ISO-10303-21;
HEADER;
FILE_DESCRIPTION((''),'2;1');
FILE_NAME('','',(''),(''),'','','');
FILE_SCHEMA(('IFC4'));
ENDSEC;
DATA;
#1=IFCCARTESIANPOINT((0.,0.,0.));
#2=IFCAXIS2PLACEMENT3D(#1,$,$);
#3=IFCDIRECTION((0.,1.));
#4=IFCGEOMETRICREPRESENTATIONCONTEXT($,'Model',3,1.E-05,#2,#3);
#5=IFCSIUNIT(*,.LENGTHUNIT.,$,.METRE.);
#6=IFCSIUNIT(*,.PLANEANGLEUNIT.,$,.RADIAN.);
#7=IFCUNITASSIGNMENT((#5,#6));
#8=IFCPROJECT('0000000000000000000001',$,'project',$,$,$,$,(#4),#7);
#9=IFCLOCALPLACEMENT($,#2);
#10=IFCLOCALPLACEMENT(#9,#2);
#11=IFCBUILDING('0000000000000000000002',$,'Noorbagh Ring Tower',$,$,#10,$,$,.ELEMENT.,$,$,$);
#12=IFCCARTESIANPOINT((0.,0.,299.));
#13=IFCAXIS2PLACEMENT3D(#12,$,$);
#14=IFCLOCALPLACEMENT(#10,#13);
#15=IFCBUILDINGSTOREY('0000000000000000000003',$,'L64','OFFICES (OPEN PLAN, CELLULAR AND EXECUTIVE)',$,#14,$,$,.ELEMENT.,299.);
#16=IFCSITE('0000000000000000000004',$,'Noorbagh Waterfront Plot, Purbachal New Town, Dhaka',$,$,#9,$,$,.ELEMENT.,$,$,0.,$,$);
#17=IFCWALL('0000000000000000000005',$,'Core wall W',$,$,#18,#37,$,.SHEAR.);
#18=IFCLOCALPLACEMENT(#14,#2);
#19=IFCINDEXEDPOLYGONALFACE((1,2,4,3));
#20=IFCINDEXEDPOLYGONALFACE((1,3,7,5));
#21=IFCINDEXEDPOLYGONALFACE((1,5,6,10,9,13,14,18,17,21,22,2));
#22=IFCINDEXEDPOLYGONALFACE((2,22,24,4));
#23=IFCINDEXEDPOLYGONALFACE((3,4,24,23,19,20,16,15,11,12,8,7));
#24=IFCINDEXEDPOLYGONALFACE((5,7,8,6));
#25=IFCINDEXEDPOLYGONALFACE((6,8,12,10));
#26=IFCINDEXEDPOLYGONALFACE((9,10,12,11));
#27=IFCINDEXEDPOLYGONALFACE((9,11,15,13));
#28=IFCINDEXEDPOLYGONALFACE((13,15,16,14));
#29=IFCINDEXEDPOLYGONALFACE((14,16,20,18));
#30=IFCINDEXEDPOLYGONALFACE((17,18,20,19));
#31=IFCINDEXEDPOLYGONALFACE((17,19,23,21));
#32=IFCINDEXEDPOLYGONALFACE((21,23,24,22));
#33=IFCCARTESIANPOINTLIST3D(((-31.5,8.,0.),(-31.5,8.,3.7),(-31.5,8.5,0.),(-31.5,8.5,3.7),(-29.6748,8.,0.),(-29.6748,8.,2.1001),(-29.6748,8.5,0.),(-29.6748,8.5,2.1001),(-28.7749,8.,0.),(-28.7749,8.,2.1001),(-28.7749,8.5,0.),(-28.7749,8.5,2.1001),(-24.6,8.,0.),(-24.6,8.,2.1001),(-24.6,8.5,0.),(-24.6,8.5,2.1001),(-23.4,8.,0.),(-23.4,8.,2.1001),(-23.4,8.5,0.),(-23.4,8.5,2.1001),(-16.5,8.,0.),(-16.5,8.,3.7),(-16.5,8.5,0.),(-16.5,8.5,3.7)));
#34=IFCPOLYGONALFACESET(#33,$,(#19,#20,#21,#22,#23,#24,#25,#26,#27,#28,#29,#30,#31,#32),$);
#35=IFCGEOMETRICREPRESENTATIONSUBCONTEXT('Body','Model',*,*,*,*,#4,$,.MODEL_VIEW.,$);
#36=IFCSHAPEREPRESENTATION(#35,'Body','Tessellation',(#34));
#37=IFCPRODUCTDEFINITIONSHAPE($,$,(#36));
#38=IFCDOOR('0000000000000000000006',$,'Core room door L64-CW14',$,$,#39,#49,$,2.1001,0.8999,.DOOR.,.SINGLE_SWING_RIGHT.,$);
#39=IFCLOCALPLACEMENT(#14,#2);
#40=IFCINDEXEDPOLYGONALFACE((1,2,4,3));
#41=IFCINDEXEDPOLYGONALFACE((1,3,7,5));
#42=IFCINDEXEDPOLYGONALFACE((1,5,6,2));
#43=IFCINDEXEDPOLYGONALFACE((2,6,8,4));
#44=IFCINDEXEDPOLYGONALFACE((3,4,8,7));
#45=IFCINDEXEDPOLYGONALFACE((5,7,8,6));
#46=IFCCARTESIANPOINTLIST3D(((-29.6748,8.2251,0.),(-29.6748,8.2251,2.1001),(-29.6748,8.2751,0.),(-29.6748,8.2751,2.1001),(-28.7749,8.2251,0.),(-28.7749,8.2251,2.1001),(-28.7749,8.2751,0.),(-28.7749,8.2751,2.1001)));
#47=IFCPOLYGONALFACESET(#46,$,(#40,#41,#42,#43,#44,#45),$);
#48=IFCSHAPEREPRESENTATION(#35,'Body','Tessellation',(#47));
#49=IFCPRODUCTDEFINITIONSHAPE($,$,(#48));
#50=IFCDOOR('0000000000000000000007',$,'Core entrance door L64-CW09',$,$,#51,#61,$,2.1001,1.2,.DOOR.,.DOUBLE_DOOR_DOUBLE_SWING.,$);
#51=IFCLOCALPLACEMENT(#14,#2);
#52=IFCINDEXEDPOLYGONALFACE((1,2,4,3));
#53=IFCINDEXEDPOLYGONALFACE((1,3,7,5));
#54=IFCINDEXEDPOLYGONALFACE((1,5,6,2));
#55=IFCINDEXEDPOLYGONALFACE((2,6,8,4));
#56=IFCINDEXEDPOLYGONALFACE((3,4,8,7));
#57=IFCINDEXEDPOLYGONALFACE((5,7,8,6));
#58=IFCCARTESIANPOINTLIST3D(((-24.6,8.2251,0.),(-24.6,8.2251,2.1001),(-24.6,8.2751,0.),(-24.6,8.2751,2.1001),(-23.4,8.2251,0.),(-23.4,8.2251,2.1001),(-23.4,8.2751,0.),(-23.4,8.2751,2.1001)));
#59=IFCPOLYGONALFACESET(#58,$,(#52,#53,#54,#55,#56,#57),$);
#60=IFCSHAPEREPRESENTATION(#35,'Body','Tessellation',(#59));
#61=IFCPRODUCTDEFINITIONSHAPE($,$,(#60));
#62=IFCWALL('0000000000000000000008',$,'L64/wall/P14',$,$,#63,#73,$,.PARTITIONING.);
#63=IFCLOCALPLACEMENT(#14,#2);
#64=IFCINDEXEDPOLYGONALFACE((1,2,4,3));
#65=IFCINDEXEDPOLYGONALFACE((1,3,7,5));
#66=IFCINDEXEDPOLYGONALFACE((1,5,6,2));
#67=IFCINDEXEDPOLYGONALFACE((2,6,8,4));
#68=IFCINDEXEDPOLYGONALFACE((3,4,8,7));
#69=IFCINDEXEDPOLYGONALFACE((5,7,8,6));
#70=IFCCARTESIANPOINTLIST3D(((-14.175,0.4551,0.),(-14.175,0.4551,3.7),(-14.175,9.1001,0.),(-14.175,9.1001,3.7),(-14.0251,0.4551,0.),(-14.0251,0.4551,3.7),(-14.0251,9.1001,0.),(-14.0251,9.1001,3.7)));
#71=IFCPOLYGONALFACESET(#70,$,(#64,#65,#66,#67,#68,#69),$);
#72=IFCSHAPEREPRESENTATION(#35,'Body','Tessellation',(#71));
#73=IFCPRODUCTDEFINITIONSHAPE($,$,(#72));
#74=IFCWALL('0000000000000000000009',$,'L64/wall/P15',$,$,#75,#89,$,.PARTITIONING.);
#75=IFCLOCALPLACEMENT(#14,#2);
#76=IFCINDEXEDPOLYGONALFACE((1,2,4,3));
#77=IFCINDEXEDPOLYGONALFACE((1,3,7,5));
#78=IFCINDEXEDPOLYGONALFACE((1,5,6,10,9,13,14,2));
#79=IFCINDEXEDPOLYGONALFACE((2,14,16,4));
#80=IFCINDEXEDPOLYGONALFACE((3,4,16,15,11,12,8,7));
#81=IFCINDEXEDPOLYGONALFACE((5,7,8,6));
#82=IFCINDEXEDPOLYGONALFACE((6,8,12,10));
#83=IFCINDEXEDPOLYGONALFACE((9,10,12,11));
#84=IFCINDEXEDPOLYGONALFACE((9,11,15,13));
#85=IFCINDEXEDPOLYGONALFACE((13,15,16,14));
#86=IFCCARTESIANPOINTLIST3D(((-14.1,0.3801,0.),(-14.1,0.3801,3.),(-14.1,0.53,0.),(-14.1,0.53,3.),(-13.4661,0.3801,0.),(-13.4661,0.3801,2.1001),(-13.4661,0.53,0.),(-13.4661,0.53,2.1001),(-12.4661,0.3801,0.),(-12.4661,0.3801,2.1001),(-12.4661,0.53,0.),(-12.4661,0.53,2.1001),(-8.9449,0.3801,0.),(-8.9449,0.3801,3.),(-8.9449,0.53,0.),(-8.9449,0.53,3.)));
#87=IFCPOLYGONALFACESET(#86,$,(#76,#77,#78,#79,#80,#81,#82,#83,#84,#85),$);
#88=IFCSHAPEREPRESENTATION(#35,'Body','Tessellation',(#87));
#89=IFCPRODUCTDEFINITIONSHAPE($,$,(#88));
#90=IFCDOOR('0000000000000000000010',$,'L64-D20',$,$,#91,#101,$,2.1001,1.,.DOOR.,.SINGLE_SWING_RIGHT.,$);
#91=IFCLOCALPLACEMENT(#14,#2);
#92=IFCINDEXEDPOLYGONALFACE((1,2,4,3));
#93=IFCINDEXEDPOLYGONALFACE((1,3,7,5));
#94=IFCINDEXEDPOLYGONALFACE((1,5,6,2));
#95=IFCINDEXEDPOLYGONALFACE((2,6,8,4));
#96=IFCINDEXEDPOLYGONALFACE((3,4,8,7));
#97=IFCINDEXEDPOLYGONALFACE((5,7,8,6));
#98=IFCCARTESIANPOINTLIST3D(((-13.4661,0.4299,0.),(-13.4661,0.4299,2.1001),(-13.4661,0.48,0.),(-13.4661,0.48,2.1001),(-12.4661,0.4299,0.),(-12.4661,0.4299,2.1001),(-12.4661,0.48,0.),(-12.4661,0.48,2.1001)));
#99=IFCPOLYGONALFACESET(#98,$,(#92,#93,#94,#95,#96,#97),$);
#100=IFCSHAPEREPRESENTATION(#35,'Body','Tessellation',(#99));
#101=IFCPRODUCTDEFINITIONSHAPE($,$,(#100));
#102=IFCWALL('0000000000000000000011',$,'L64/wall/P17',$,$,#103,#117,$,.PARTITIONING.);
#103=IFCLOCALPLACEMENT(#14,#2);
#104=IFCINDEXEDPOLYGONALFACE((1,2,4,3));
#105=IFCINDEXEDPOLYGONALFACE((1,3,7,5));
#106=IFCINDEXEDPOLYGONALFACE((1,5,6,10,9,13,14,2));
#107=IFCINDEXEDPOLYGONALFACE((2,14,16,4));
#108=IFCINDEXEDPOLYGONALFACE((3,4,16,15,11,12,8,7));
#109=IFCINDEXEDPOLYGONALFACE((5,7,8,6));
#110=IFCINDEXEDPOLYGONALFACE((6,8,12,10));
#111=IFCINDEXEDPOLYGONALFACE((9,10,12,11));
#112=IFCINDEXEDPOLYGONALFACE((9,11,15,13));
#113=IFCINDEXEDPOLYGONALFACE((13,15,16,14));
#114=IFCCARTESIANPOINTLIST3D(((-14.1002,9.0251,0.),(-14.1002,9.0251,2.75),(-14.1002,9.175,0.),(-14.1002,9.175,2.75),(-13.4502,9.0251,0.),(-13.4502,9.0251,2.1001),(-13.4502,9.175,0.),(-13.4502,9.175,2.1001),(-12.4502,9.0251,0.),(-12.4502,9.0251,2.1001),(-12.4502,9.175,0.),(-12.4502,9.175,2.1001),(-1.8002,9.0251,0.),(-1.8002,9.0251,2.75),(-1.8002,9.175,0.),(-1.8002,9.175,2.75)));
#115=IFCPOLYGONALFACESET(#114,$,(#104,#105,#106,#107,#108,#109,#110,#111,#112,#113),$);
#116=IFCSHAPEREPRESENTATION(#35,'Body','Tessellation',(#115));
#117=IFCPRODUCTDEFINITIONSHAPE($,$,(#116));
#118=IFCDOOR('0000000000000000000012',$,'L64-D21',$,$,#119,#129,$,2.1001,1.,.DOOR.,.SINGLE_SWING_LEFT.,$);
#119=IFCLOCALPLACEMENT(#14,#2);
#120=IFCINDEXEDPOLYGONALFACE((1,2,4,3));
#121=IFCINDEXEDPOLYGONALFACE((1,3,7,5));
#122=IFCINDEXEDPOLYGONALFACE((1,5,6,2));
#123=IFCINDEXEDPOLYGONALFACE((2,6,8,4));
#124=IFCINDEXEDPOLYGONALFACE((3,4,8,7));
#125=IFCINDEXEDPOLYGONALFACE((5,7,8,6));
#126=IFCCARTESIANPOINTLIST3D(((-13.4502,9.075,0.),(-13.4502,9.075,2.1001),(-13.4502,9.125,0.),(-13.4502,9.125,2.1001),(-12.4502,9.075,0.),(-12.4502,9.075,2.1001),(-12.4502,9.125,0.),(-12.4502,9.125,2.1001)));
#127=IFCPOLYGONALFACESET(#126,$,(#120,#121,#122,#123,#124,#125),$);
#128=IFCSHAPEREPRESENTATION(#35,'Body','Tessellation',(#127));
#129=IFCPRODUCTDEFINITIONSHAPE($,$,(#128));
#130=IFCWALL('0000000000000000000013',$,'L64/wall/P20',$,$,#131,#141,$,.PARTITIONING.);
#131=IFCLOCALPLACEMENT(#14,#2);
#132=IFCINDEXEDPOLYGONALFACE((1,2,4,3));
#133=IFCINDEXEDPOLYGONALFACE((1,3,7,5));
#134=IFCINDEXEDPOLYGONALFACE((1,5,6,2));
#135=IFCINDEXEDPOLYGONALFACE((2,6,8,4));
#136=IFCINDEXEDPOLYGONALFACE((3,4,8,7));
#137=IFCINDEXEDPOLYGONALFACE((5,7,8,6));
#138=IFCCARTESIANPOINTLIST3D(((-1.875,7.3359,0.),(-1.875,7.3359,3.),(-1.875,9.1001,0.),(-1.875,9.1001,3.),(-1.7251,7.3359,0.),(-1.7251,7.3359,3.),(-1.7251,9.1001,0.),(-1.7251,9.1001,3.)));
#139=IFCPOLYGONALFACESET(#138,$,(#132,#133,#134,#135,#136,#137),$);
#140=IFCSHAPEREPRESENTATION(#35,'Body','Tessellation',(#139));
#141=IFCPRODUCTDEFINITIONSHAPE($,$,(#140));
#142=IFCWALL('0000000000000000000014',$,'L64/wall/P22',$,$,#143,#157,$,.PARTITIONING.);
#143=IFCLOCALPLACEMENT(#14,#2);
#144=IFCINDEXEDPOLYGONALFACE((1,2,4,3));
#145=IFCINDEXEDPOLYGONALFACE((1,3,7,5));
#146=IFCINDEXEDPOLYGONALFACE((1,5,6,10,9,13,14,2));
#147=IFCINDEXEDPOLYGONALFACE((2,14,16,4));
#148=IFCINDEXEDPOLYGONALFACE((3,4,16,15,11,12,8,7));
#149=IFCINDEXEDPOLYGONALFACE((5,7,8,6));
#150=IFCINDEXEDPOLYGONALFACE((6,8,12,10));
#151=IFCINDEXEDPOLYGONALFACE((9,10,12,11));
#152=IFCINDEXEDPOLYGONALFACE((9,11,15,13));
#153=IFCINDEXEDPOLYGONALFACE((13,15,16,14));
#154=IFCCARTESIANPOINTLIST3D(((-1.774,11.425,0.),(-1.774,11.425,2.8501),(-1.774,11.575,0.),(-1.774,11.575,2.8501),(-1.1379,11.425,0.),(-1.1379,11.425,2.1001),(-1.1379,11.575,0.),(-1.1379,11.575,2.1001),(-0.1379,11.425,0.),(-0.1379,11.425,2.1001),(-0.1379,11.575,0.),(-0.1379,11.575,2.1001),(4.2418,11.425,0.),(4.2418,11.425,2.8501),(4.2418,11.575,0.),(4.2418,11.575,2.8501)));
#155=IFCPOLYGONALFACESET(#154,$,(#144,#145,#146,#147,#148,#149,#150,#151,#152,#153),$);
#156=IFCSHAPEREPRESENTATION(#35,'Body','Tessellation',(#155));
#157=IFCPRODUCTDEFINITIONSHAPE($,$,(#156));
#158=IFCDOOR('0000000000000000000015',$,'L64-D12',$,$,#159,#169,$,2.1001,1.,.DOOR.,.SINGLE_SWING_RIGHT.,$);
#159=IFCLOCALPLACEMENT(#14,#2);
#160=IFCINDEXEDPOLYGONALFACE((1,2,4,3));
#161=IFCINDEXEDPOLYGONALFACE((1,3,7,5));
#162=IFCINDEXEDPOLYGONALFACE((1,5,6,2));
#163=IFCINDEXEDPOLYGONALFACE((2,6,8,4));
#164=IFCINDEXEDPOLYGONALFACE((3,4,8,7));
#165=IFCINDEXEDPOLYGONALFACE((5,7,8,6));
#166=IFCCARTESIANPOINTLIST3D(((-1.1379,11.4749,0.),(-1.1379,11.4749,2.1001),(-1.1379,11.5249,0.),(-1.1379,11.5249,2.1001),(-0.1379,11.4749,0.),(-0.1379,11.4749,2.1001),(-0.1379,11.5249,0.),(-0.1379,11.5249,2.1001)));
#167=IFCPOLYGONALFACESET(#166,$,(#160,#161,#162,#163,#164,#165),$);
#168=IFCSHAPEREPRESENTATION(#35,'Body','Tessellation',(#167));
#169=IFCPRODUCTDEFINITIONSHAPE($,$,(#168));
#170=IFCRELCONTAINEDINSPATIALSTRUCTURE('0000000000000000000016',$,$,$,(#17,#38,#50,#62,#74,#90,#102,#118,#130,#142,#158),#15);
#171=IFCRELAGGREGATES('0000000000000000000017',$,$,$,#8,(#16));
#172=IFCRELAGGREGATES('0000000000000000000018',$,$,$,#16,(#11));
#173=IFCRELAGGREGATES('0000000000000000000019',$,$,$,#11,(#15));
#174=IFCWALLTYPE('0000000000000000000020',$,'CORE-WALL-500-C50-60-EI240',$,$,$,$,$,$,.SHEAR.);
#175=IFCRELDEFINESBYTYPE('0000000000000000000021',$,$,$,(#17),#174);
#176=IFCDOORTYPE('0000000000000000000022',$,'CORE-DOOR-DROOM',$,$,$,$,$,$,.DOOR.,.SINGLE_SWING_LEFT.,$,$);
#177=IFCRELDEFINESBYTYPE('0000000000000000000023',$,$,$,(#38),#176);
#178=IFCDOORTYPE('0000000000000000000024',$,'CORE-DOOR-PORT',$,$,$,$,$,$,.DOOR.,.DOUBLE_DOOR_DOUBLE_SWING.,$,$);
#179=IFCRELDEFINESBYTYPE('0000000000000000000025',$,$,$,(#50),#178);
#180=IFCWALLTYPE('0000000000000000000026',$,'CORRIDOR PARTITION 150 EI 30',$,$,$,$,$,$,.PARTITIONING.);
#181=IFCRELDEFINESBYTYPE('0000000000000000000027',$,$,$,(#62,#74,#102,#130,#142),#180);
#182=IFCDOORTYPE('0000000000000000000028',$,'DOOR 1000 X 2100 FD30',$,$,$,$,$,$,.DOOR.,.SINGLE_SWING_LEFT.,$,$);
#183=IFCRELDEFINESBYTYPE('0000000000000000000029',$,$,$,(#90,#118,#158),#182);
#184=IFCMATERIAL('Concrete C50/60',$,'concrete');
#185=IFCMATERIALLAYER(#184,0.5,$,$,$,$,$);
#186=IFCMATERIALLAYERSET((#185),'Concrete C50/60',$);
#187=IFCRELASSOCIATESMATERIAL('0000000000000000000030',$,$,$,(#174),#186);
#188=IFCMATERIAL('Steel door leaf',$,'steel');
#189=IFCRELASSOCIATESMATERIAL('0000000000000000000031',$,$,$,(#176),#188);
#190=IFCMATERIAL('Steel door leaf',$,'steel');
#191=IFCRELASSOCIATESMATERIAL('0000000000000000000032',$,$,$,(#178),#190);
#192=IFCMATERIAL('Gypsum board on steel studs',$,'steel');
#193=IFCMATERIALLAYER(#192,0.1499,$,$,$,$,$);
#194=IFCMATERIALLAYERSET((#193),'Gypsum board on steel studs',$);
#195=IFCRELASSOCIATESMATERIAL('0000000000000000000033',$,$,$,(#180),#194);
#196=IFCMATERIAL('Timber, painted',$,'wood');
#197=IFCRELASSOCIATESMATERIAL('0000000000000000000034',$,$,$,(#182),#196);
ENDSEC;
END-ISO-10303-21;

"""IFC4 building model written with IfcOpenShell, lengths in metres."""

from ifc_helpers import new_model, si_unit, direction, frame, frame_2d, origin, place, context, subcontext, project, spatial, rectangle, extrude, material, layer, layer_set, type_object, element, fill, save


model = new_model("IFC4")

# Units and contexts
model_context = context("Model", 3, precision=1e-05, world=origin(), true_north=direction((0.0, 1.0)))
body_context = subcontext(model_context, "Body", "Model", "MODEL_VIEW")
ifc_project = project(units=[si_unit("LENGTHUNIT", "METRE"), si_unit("PLANEANGLEUNIT", "RADIAN")], contexts=[model_context])

# Site, building, storey
site_placement = place(None, origin())
site = spatial("IfcSite", under=ifc_project, at=site_placement, Name="Noorbagh Waterfront Plot, Purbachal New Town, Dhaka", CompositionType="ELEMENT", RefElevation=0.0)
building_placement = place(site_placement, origin())
building = spatial("IfcBuilding", under=site, at=building_placement, Name="Noorbagh Ring Tower", CompositionType="ELEMENT")
storey_placement = place(building_placement, frame((0.0, 0.0, 299.0)))
storey = spatial("IfcBuildingStorey", under=building, at=storey_placement, Name="L64", Description="OFFICES (OPEN PLAN, CELLULAR AND EXECUTIVE)", CompositionType="ELEMENT", Elevation=299.0)

# Wall, openings, doors
ifc_material_1 = material(Name="Concrete C50/60", Category="concrete")
ifc_layer_1 = layer(ifc_material_1, 0.5)
ifc_layer_set_1 = layer_set([ifc_layer_1], Name="Concrete C50/60")
wall_type_1 = type_object("IfcWallType", Name="CORE-WALL-500-C50-60-EI240", PredefinedType="SHEAR", material=ifc_layer_set_1)
wall_1_placement = place(storey_placement, frame((-16.5, 8.25, 0.0), z_axis=(0.0, 0.0, 1.0), x_axis=(-1.0, 0.0, 0.0)))
wall_1 = element("IfcWall", 1, at=wall_1_placement, inside=storey, type_object=wall_type_1, Name="Core wall W", PredefinedType="SHEAR", context=body_context, shape_type="SweptSolid", body=[
    extrude(rectangle(XDim=15.0, YDim=0.5, at=frame_2d((7.5, 0.0))), origin(), (0.0, 0.0, 1.0), 3.7),
])
opening_1_placement = place(wall_1_placement, frame((6.8999, 0.0, 0.0)))
opening_1 = element("IfcOpeningElement", 2, at=opening_1_placement, cuts=wall_1, PredefinedType="OPENING", context=body_context, shape_type="SweptSolid", body=[
    extrude(rectangle(XDim=1.2, YDim=2.1001, at=frame_2d((0.6001, 1.05))), frame((0.0, 0.26, 0.0), z_axis=(0.0, -1.0, 0.0), x_axis=(1.0, 0.0, 0.0)), (0.0, 0.0, 1.0), 0.52),
])
opening_2_placement = place(wall_1_placement, frame((12.2749, 0.0, 0.0)))
opening_2 = element("IfcOpeningElement", 3, at=opening_2_placement, cuts=wall_1, PredefinedType="OPENING", context=body_context, shape_type="SweptSolid", body=[
    extrude(rectangle(XDim=0.8999, YDim=2.1001, at=frame_2d((0.45, 1.05))), frame((0.0, 0.26, 0.0), z_axis=(0.0, -1.0, 0.0), x_axis=(1.0, 0.0, 0.0)), (0.0, 0.0, 1.0), 0.52),
])
ifc_material_2 = material(Name="Steel door leaf", Category="steel")
door_type_1 = type_object("IfcDoorType", Name="CORE-DOOR-DROOM", OperationType="SINGLE_SWING_LEFT", PredefinedType="DOOR", material=ifc_material_2)
door_1_placement = place(opening_2_placement, origin())
door_1 = element("IfcDoor", 4, at=door_1_placement, inside=storey, type_object=door_type_1, Name="Core room door L64-CW14", OperationType="SINGLE_SWING_RIGHT", OverallHeight=2.1001, OverallWidth=0.8999, PredefinedType="DOOR", context=body_context, shape_type="SweptSolid", body=[
    extrude(rectangle(XDim=0.8999, YDim=2.1001, at=frame_2d((0.45, 1.05))), frame((0.0, 0.0249, 0.0), z_axis=(0.0, -1.0, 0.0), x_axis=(1.0, 0.0, 0.0)), (0.0, 0.0, 1.0), 0.05),
])
fill(opening_2, door_1)
ifc_material_3 = material(Name="Steel door leaf", Category="steel")
door_type_2 = type_object("IfcDoorType", Name="CORE-DOOR-PORT", OperationType="DOUBLE_DOOR_DOUBLE_SWING", PredefinedType="DOOR", material=ifc_material_3)
door_2_placement = place(opening_1_placement, origin())
door_2 = element("IfcDoor", 5, at=door_2_placement, inside=storey, type_object=door_type_2, Name="Core entrance door L64-CW09", OperationType="DOUBLE_DOOR_DOUBLE_SWING", OverallHeight=2.1001, OverallWidth=1.2, PredefinedType="DOOR", context=body_context, shape_type="SweptSolid", body=[
    extrude(rectangle(XDim=1.2, YDim=2.1001, at=frame_2d((0.6001, 1.05))), frame((0.0, 0.0249, 0.0), z_axis=(0.0, -1.0, 0.0), x_axis=(1.0, 0.0, 0.0)), (0.0, 0.0, 1.0), 0.05),
])
fill(opening_1, door_2)

# Wall
ifc_material_4 = material(Name="Gypsum board on steel studs", Category="steel")
ifc_layer_2 = layer(ifc_material_4, 0.1499)
ifc_layer_set_2 = layer_set([ifc_layer_2], Name="Gypsum board on steel studs")
wall_type_2 = type_object("IfcWallType", Name="CORRIDOR PARTITION 150 EI 30", PredefinedType="PARTITIONING", material=ifc_layer_set_2)
wall_2_placement = place(storey_placement, frame((-14.1001, 0.4551, 0.0), z_axis=(0.0, 0.0, 1.0), x_axis=(0.0, 1.0, 0.0)))
element("IfcWall", 6, at=wall_2_placement, inside=storey, type_object=wall_type_2, Name="L64/wall/P14", PredefinedType="PARTITIONING", context=body_context, shape_type="SweptSolid", body=[
    extrude(rectangle(XDim=8.645, YDim=0.1499, at=frame_2d((4.3225, 0.0))), origin(), (0.0, 0.0, 1.0), 3.7),
])

# Walls, openings, doors
wall_3_placement = place(storey_placement, frame((-14.1001, 0.4551, 0.0), z_axis=(0.0, 0.0, 1.0), x_axis=(1.0, 0.0, 0.0)))
wall_3 = element("IfcWall", 7, at=wall_3_placement, inside=storey, type_object=wall_type_2, Name="L64/wall/P15", PredefinedType="PARTITIONING", context=body_context, shape_type="SweptSolid", body=[
    extrude(rectangle(XDim=5.155, YDim=0.1499, at=frame_2d((2.5776, 0.0))), origin(), (0.0, 0.0, 1.0), 3.0),
])
opening_3_placement = place(wall_3_placement, frame((0.634, 0.0, 0.0)))
opening_3 = element("IfcOpeningElement", 8, at=opening_3_placement, cuts=wall_3, PredefinedType="OPENING", context=body_context, shape_type="SweptSolid", body=[
    extrude(rectangle(XDim=1.0, YDim=2.1001, at=frame_2d((0.5, 1.05))), frame((0.0, 0.085, 0.0), z_axis=(0.0, -1.0, 0.0), x_axis=(1.0, 0.0, 0.0)), (0.0, 0.0, 1.0), 0.1699),
])
ifc_material_5 = material(Name="Timber, painted", Category="wood")
door_type_3 = type_object("IfcDoorType", Name="DOOR 1000 X 2100 FD30", OperationType="SINGLE_SWING_LEFT", PredefinedType="DOOR", material=ifc_material_5)
door_3_placement = place(opening_3_placement, origin())
door_3 = element("IfcDoor", 9, at=door_3_placement, inside=storey, type_object=door_type_3, Name="L64-D20", OperationType="SINGLE_SWING_RIGHT", OverallHeight=2.1001, OverallWidth=1.0, PredefinedType="DOOR", context=body_context, shape_type="SweptSolid", body=[
    extrude(rectangle(XDim=1.0, YDim=2.1001, at=frame_2d((0.5, 1.05))), frame((0.0, 0.0249, 0.0), z_axis=(0.0, -1.0, 0.0), x_axis=(1.0, 0.0, 0.0)), (0.0, 0.0, 1.0), 0.05),
])
fill(opening_3, door_3)
wall_4_placement = place(storey_placement, frame((-14.1001, 9.1001, 0.0), z_axis=(0.0, 0.0, 1.0), x_axis=(1.0, 0.0, 0.0)))
wall_4 = element("IfcWall", 10, at=wall_4_placement, inside=storey, type_object=wall_type_2, Name="L64/wall/P17", PredefinedType="PARTITIONING", context=body_context, shape_type="SweptSolid", body=[
    extrude(rectangle(XDim=12.3, YDim=0.1499, at=frame_2d((6.1499, 0.0))), origin(), (0.0, 0.0, 1.0), 2.75),
])
opening_4_placement = place(wall_4_placement, frame((0.6499, 0.0, 0.0)))
opening_4 = element("IfcOpeningElement", 11, at=opening_4_placement, cuts=wall_4, PredefinedType="OPENING", context=body_context, shape_type="SweptSolid", body=[
    extrude(rectangle(XDim=1.0, YDim=2.1001, at=frame_2d((0.5, 1.05))), frame((0.0, 0.085, 0.0), z_axis=(0.0, -1.0, 0.0), x_axis=(1.0, 0.0, 0.0)), (0.0, 0.0, 1.0), 0.1699),
])
door_4_placement = place(opening_4_placement, origin())
door_4 = element("IfcDoor", 12, at=door_4_placement, inside=storey, type_object=door_type_3, Name="L64-D21", OperationType="SINGLE_SWING_LEFT", OverallHeight=2.1001, OverallWidth=1.0, PredefinedType="DOOR", context=body_context, shape_type="SweptSolid", body=[
    extrude(rectangle(XDim=1.0, YDim=2.1001, at=frame_2d((0.5, 1.05))), frame((0.0, 0.0249, 0.0), z_axis=(0.0, -1.0, 0.0), x_axis=(1.0, 0.0, 0.0)), (0.0, 0.0, 1.0), 0.05),
])
fill(opening_4, door_4)

# Wall
wall_5_placement = place(storey_placement, frame((-1.8, 7.3359, 0.0), z_axis=(0.0, 0.0, 1.0), x_axis=(0.0, 1.0, 0.0)))
element("IfcWall", 13, at=wall_5_placement, inside=storey, type_object=wall_type_2, Name="L64/wall/P20", PredefinedType="PARTITIONING", context=body_context, shape_type="SweptSolid", body=[
    extrude(rectangle(XDim=1.7642, YDim=0.1499, at=frame_2d((0.8821, 0.0))), origin(), (0.0, 0.0, 1.0), 3.0),
])

# Wall, opening, door
wall_6_placement = place(storey_placement, frame((-1.7739, 11.5, 0.0), z_axis=(0.0, 0.0, 1.0), x_axis=(1.0, 0.0, 0.0)))
wall_6 = element("IfcWall", 14, at=wall_6_placement, inside=storey, type_object=wall_type_2, Name="L64/wall/P22", PredefinedType="PARTITIONING", context=body_context, shape_type="SweptSolid", body=[
    extrude(rectangle(XDim=6.0159, YDim=0.1499, at=frame_2d((3.0078, 0.0))), origin(), (0.0, 0.0, 1.0), 2.8501),
])
opening_5_placement = place(wall_6_placement, frame((0.636, 0.0, 0.0)))
opening_5 = element("IfcOpeningElement", 15, at=opening_5_placement, cuts=wall_6, PredefinedType="OPENING", context=body_context, shape_type="SweptSolid", body=[
    extrude(rectangle(XDim=1.0, YDim=2.1001, at=frame_2d((0.5, 1.05))), frame((0.0, 0.085, 0.0), z_axis=(0.0, -1.0, 0.0), x_axis=(1.0, 0.0, 0.0)), (0.0, 0.0, 1.0), 0.1699),
])
door_5_placement = place(opening_5_placement, origin())
door_5 = element("IfcDoor", 16, at=door_5_placement, inside=storey, type_object=door_type_3, Name="L64-D12", OperationType="SINGLE_SWING_RIGHT", OverallHeight=2.1001, OverallWidth=1.0, PredefinedType="DOOR", context=body_context, shape_type="SweptSolid", body=[
    extrude(rectangle(XDim=1.0, YDim=2.1001, at=frame_2d((0.5, 1.05))), frame((0.0, 0.0249, 0.0), z_axis=(0.0, -1.0, 0.0), x_axis=(1.0, 0.0, 0.0)), (0.0, 0.0, 1.0), 0.05),
])
fill(opening_5, door_5)

save(model, "model.ifc")
